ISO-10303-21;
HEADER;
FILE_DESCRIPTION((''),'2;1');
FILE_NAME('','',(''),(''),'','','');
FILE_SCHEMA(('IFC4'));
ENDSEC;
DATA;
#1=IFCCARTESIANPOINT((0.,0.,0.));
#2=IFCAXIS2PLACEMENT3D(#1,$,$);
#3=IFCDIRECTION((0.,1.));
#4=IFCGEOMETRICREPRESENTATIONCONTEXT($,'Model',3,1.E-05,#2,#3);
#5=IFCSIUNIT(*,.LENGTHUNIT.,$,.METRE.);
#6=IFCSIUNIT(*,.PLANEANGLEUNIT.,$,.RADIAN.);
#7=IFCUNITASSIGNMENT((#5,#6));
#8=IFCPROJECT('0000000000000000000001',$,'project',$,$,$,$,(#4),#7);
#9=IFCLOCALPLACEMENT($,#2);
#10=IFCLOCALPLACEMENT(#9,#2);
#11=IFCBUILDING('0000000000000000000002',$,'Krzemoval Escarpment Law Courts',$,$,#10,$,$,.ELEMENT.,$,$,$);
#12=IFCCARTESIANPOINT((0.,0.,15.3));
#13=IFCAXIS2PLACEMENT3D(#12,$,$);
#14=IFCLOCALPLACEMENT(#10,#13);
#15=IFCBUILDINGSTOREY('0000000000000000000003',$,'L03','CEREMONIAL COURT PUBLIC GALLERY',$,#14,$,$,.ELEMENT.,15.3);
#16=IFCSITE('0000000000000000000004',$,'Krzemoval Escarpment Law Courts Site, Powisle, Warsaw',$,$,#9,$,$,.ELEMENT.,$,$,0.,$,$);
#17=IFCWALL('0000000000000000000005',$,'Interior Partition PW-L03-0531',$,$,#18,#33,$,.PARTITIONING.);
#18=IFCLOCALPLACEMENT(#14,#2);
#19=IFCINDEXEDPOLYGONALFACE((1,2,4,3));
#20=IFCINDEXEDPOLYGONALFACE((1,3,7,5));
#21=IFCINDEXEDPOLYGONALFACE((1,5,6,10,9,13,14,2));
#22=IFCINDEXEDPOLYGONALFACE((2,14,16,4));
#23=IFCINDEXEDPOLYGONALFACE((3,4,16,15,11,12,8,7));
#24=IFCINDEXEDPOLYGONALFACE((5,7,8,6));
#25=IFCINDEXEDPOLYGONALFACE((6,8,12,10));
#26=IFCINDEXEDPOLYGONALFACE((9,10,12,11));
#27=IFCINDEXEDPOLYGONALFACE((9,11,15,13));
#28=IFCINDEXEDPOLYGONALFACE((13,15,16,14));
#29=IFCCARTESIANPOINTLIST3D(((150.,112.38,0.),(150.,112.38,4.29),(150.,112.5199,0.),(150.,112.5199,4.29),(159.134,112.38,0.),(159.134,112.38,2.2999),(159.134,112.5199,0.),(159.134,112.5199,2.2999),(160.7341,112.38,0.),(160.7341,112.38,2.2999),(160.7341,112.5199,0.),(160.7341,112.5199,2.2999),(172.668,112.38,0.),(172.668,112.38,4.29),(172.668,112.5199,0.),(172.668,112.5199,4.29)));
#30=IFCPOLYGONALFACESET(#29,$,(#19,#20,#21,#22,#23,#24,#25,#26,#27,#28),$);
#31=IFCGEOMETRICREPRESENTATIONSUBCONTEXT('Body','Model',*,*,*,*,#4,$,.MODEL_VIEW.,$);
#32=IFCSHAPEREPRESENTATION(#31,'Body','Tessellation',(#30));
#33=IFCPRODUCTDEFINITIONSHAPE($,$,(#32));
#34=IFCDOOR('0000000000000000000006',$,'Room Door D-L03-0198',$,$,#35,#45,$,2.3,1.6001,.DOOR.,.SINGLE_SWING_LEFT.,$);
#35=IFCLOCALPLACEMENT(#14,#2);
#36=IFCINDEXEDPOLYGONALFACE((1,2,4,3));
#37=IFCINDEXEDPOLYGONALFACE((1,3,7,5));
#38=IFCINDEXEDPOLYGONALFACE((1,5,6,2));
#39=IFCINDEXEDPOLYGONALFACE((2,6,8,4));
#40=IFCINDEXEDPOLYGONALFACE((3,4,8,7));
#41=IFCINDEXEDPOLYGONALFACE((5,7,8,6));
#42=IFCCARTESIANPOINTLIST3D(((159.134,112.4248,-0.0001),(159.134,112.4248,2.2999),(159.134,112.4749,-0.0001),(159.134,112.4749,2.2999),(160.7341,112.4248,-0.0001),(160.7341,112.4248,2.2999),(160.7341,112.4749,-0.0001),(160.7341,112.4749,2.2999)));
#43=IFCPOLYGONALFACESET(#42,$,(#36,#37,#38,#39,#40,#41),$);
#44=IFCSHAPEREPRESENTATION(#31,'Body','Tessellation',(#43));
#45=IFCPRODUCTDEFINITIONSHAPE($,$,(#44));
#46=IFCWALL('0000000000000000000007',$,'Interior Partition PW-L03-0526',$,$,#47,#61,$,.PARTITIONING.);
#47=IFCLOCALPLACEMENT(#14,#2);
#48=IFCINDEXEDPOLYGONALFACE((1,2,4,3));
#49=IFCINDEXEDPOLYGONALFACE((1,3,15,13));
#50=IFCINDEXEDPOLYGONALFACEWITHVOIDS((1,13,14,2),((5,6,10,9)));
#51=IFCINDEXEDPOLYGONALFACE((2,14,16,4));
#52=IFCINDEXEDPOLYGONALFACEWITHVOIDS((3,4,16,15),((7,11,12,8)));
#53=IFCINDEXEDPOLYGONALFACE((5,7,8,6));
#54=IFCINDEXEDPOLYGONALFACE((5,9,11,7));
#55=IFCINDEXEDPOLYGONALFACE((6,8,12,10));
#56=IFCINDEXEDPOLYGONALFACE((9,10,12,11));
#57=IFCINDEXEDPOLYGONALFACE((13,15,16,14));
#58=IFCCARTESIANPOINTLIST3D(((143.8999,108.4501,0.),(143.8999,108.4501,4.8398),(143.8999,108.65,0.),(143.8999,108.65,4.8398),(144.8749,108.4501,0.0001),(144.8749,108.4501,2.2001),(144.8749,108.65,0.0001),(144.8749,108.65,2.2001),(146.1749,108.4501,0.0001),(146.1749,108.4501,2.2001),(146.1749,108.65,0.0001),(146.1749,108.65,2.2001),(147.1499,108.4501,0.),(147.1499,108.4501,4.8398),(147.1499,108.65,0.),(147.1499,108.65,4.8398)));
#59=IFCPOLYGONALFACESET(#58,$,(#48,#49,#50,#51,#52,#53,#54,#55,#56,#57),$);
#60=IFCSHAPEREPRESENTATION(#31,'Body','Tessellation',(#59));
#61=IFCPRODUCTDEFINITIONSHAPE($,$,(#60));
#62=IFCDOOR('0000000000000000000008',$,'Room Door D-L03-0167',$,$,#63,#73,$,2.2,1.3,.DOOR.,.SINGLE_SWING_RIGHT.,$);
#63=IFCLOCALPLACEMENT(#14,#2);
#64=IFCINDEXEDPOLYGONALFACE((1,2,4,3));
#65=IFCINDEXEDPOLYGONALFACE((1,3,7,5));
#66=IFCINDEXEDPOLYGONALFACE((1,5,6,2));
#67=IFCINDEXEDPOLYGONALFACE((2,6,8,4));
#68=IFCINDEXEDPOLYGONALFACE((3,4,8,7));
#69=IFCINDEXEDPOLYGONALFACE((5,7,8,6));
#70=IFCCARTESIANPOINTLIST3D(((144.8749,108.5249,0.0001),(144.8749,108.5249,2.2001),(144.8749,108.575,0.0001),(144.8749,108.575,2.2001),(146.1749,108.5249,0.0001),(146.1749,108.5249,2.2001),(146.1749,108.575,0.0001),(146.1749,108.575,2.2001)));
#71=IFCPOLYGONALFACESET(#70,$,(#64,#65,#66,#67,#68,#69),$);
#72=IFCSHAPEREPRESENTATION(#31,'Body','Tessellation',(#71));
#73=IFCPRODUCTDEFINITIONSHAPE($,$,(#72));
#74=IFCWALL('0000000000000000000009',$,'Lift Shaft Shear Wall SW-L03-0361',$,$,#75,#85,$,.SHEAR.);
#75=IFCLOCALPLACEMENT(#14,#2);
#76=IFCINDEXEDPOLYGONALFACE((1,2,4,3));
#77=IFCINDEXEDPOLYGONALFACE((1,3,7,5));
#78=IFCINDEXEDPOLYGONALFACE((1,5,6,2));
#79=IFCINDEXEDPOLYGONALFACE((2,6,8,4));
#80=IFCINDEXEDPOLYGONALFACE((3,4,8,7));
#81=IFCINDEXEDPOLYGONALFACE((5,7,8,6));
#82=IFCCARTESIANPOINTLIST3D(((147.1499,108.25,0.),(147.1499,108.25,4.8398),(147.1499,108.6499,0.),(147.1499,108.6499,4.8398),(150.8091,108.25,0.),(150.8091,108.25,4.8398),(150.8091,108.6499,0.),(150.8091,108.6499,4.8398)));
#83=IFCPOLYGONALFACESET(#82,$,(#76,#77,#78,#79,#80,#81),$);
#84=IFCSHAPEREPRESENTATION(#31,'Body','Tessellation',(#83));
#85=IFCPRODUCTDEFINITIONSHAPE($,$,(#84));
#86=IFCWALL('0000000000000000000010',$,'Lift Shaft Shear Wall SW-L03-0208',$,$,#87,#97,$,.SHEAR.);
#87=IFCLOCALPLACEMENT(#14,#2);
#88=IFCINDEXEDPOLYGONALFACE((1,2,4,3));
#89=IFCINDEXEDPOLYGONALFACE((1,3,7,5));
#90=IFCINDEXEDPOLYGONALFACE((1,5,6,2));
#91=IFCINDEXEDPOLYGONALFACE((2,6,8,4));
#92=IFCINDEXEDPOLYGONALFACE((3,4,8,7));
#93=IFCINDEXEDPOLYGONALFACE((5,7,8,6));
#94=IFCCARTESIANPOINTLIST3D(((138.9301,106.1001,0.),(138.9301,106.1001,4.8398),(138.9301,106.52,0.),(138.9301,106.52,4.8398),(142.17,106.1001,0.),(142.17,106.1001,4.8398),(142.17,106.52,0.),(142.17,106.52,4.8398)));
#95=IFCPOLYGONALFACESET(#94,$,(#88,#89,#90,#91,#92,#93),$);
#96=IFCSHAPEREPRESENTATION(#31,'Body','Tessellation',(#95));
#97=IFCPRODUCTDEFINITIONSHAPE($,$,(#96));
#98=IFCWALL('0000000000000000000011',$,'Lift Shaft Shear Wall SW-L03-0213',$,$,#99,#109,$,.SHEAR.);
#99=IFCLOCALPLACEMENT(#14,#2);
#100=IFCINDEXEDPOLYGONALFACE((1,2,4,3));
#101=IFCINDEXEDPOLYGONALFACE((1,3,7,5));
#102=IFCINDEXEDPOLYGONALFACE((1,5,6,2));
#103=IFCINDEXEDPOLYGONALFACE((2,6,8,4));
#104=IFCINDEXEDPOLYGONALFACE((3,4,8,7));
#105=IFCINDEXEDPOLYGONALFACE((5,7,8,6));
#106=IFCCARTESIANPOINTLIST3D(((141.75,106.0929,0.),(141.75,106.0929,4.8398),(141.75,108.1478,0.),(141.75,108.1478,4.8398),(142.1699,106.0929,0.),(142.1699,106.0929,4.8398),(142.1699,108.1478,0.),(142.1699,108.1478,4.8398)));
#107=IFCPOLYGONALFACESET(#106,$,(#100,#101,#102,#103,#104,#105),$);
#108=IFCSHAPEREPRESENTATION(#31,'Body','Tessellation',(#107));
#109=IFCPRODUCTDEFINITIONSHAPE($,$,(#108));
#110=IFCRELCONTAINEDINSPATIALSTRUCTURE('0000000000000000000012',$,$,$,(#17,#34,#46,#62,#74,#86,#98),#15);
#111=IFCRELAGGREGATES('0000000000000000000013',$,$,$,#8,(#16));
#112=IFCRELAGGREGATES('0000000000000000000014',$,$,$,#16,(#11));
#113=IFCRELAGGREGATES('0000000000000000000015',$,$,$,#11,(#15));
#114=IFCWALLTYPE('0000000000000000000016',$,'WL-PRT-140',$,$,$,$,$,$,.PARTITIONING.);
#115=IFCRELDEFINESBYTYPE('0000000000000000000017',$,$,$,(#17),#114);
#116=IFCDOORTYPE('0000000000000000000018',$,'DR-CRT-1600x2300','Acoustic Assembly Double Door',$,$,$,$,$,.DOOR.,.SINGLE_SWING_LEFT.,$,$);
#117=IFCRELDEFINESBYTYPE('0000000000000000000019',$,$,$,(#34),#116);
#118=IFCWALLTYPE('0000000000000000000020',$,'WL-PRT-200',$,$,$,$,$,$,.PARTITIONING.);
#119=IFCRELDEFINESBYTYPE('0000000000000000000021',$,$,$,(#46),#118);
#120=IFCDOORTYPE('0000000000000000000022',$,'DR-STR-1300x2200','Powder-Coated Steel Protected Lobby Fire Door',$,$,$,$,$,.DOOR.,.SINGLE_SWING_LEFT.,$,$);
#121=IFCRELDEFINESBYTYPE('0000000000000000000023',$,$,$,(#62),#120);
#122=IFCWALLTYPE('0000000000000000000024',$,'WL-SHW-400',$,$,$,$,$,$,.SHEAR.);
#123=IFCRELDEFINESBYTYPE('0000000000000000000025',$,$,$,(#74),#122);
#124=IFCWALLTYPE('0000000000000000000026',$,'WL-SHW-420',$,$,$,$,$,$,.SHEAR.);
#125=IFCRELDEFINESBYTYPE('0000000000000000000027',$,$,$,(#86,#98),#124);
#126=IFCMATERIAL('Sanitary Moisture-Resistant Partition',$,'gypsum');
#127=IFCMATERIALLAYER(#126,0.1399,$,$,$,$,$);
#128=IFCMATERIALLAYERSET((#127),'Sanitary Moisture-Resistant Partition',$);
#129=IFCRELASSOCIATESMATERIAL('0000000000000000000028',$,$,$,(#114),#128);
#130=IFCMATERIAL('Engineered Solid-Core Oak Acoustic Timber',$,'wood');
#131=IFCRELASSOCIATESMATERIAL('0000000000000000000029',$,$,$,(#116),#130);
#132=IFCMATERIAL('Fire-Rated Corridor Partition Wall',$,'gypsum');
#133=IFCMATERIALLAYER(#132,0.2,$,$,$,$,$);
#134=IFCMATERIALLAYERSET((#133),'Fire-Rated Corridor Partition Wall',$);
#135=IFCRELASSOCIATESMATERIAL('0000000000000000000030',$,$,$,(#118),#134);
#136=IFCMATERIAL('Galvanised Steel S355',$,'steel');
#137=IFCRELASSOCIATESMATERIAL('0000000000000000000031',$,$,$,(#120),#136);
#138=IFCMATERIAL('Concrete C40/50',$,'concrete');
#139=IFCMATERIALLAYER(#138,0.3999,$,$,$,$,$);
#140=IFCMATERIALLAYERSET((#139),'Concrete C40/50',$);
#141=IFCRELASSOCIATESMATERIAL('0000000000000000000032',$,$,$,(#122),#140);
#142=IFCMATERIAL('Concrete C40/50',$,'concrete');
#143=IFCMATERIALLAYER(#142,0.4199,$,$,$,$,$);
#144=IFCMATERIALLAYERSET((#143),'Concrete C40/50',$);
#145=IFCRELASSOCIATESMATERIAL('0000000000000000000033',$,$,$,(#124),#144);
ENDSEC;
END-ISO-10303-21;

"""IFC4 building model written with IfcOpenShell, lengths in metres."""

from ifc_helpers import new_model, si_unit, direction, frame, frame_2d, origin, place, context, subcontext, project, spatial, rectangle, extrude, material, layer, layer_set, type_object, element, fill, save


model = new_model("IFC4")

# Units and contexts
model_context = context("Model", 3, precision=1e-05, world=origin(), true_north=direction((0.0, 1.0)))
body_context = subcontext(model_context, "Body", "Model", "MODEL_VIEW")
ifc_project = project(units=[si_unit("LENGTHUNIT", "METRE"), si_unit("PLANEANGLEUNIT", "RADIAN")], contexts=[model_context])

# Site, building, storey
site_placement = place(None, origin())
site = spatial("IfcSite", under=ifc_project, at=site_placement, Name="Krzemoval Escarpment Law Courts Site, Powisle, Warsaw", CompositionType="ELEMENT", RefElevation=0.0)
building_placement = place(site_placement, origin())
building = spatial("IfcBuilding", under=site, at=building_placement, Name="Krzemoval Escarpment Law Courts", CompositionType="ELEMENT")
storey_placement = place(building_placement, frame((0.0, 0.0, 15.3)))
storey = spatial("IfcBuildingStorey", under=building, at=storey_placement, Name="L03", Description="CEREMONIAL COURT PUBLIC GALLERY", CompositionType="ELEMENT", Elevation=15.3)

# Wall, opening, door
ifc_material_1 = material(Name="Sanitary Moisture-Resistant Partition", Category="gypsum")
ifc_layer_1 = layer(ifc_material_1, 0.1399)
ifc_layer_set_1 = layer_set([ifc_layer_1], Name="Sanitary Moisture-Resistant Partition")
wall_type_1 = type_object("IfcWallType", Name="WL-PRT-140", PredefinedType="PARTITIONING", material=ifc_layer_set_1)
wall_1_placement = place(storey_placement, frame((150.0, 112.45, 0.0), z_axis=(0.0, 0.0, 1.0), x_axis=(1.0, 0.0, 0.0)))
wall_1 = element("IfcWall", 1, at=wall_1_placement, inside=storey, type_object=wall_type_1, Name="Interior Partition PW-L03-0531", PredefinedType="PARTITIONING", context=body_context, shape_type="SweptSolid", body=[
    extrude(rectangle(XDim=22.668, YDim=0.1399, at=frame_2d((11.334, 0.0))), origin(), (0.0, 0.0, 1.0), 4.29),
])
opening_1_placement = place(wall_1_placement, frame((9.134, 0.0, 0.0)))
opening_1 = element("IfcOpeningElement", 2, at=opening_1_placement, cuts=wall_1, PredefinedType="OPENING", context=body_context, shape_type="SweptSolid", body=[
    extrude(rectangle(XDim=1.6001, YDim=2.3, at=frame_2d((0.8, 1.1499))), frame((0.0, 0.0849, 0.0), z_axis=(0.0, -1.0, 0.0), x_axis=(1.0, 0.0, 0.0)), (0.0, 0.0, 1.0), 0.1699),
])
ifc_material_2 = material(Name="Engineered Solid-Core Oak Acoustic Timber", Category="wood")
door_type_1 = type_object("IfcDoorType", Name="DR-CRT-1600x2300", Description="Acoustic Assembly Double Door", OperationType="SINGLE_SWING_LEFT", PredefinedType="DOOR", material=ifc_material_2)
door_1_placement = place(opening_1_placement, origin())
door_1 = element("IfcDoor", 3, at=door_1_placement, inside=storey, type_object=door_type_1, Name="Room Door D-L03-0198", OperationType="SINGLE_SWING_LEFT", OverallHeight=2.3, OverallWidth=1.6001, PredefinedType="DOOR", context=body_context, shape_type="SweptSolid", body=[
    extrude(rectangle(XDim=1.6001, YDim=2.3, at=frame_2d((0.8, 1.1499))), frame((0.0, 0.0249, 0.0), z_axis=(0.0, -1.0, 0.0), x_axis=(1.0, 0.0, 0.0)), (0.0, 0.0, 1.0), 0.05),
])
fill(opening_1, door_1)

# Wall, opening, door
ifc_material_3 = material(Name="Fire-Rated Corridor Partition Wall", Category="gypsum")
ifc_layer_2 = layer(ifc_material_3, 0.2)
ifc_layer_set_2 = layer_set([ifc_layer_2], Name="Fire-Rated Corridor Partition Wall")
wall_type_2 = type_object("IfcWallType", Name="WL-PRT-200", PredefinedType="PARTITIONING", material=ifc_layer_set_2)
wall_2_placement = place(storey_placement, frame((143.8999, 108.55, 0.0), z_axis=(0.0, 0.0, 1.0), x_axis=(1.0, 0.0, 0.0)))
wall_2 = element("IfcWall", 4, at=wall_2_placement, inside=storey, type_object=wall_type_2, Name="Interior Partition PW-L03-0526", PredefinedType="PARTITIONING", context=body_context, shape_type="SweptSolid", body=[
    extrude(rectangle(XDim=3.25, YDim=0.2, at=frame_2d((1.625, 0.0))), origin(), (0.0, 0.0, 1.0), 4.8398),
])
opening_2_placement = place(wall_2_placement, frame((0.9751, 0.0, 0.0)))
opening_2 = element("IfcOpeningElement", 5, at=opening_2_placement, cuts=wall_2, PredefinedType="OPENING", context=body_context, shape_type="SweptSolid", body=[
    extrude(rectangle(XDim=1.3, YDim=2.2, at=frame_2d((0.6499, 1.1001))), frame((0.0, 0.115, 0.0), z_axis=(0.0, -1.0, 0.0), x_axis=(1.0, 0.0, 0.0)), (0.0, 0.0, 1.0), 0.2299),
])
ifc_material_4 = material(Name="Galvanised Steel S355", Category="steel")
door_type_2 = type_object("IfcDoorType", Name="DR-STR-1300x2200", Description="Powder-Coated Steel Protected Lobby Fire Door", OperationType="SINGLE_SWING_LEFT", PredefinedType="DOOR", material=ifc_material_4)
door_2_placement = place(opening_2_placement, origin())
door_2 = element("IfcDoor", 6, at=door_2_placement, inside=storey, type_object=door_type_2, Name="Room Door D-L03-0167", OperationType="SINGLE_SWING_RIGHT", OverallHeight=2.2, OverallWidth=1.3, PredefinedType="DOOR", context=body_context, shape_type="SweptSolid", body=[
    extrude(rectangle(XDim=1.3, YDim=2.2, at=frame_2d((0.6499, 1.1001))), frame((0.0, 0.0249, 0.0), z_axis=(0.0, -1.0, 0.0), x_axis=(1.0, 0.0, 0.0)), (0.0, 0.0, 1.0), 0.05),
])
fill(opening_2, door_2)

# Walls
ifc_material_5 = material(Name="Concrete C40/50", Category="concrete")
ifc_layer_3 = layer(ifc_material_5, 0.3999)
ifc_layer_set_3 = layer_set([ifc_layer_3], Name="Concrete C40/50")
wall_type_3 = type_object("IfcWallType", Name="WL-SHW-400", PredefinedType="SHEAR", material=ifc_layer_set_3)
wall_3_placement = place(storey_placement, frame((147.1499, 108.45, 0.0), z_axis=(0.0, 0.0, 1.0), x_axis=(1.0, 0.0, 0.0)))
element("IfcWall", 7, at=wall_3_placement, inside=storey, type_object=wall_type_3, Name="Lift Shaft Shear Wall SW-L03-0361", PredefinedType="SHEAR", context=body_context, shape_type="SweptSolid", body=[
    extrude(rectangle(XDim=3.6592, YDim=0.3999, at=frame_2d((1.8296, 0.0))), origin(), (0.0, 0.0, 1.0), 4.8398),
])
ifc_material_6 = material(Name="Concrete C40/50", Category="concrete")
ifc_layer_4 = layer(ifc_material_6, 0.4199)
ifc_layer_set_4 = layer_set([ifc_layer_4], Name="Concrete C40/50")
wall_type_4 = type_object("IfcWallType", Name="WL-SHW-420", PredefinedType="SHEAR", material=ifc_layer_set_4)
wall_4_placement = place(storey_placement, frame((138.9299, 106.3101, 0.0), z_axis=(0.0, 0.0, 1.0), x_axis=(1.0, 0.0, 0.0)))
element("IfcWall", 8, at=wall_4_placement, inside=storey, type_object=wall_type_4, Name="Lift Shaft Shear Wall SW-L03-0208", PredefinedType="SHEAR", context=body_context, shape_type="SweptSolid", body=[
    extrude(rectangle(XDim=3.24, YDim=0.4199, at=frame_2d((1.6201, 0.0))), origin(), (0.0, 0.0, 1.0), 4.8398),
])

# Wall
wall_5_placement = place(storey_placement, frame((141.96, 106.093, 0.0), z_axis=(0.0, 0.0, 1.0), x_axis=(0.0, 1.0, 0.0)))
element("IfcWall", 9, at=wall_5_placement, inside=storey, type_object=wall_type_4, Name="Lift Shaft Shear Wall SW-L03-0213", PredefinedType="SHEAR", context=body_context, shape_type="SweptSolid", body=[
    extrude(rectangle(XDim=2.0549, YDim=0.4199, at=frame_2d((1.0273, 0.0))), origin(), (0.0, 0.0, 1.0), 4.8398),
])

save(model, "model.ifc")
